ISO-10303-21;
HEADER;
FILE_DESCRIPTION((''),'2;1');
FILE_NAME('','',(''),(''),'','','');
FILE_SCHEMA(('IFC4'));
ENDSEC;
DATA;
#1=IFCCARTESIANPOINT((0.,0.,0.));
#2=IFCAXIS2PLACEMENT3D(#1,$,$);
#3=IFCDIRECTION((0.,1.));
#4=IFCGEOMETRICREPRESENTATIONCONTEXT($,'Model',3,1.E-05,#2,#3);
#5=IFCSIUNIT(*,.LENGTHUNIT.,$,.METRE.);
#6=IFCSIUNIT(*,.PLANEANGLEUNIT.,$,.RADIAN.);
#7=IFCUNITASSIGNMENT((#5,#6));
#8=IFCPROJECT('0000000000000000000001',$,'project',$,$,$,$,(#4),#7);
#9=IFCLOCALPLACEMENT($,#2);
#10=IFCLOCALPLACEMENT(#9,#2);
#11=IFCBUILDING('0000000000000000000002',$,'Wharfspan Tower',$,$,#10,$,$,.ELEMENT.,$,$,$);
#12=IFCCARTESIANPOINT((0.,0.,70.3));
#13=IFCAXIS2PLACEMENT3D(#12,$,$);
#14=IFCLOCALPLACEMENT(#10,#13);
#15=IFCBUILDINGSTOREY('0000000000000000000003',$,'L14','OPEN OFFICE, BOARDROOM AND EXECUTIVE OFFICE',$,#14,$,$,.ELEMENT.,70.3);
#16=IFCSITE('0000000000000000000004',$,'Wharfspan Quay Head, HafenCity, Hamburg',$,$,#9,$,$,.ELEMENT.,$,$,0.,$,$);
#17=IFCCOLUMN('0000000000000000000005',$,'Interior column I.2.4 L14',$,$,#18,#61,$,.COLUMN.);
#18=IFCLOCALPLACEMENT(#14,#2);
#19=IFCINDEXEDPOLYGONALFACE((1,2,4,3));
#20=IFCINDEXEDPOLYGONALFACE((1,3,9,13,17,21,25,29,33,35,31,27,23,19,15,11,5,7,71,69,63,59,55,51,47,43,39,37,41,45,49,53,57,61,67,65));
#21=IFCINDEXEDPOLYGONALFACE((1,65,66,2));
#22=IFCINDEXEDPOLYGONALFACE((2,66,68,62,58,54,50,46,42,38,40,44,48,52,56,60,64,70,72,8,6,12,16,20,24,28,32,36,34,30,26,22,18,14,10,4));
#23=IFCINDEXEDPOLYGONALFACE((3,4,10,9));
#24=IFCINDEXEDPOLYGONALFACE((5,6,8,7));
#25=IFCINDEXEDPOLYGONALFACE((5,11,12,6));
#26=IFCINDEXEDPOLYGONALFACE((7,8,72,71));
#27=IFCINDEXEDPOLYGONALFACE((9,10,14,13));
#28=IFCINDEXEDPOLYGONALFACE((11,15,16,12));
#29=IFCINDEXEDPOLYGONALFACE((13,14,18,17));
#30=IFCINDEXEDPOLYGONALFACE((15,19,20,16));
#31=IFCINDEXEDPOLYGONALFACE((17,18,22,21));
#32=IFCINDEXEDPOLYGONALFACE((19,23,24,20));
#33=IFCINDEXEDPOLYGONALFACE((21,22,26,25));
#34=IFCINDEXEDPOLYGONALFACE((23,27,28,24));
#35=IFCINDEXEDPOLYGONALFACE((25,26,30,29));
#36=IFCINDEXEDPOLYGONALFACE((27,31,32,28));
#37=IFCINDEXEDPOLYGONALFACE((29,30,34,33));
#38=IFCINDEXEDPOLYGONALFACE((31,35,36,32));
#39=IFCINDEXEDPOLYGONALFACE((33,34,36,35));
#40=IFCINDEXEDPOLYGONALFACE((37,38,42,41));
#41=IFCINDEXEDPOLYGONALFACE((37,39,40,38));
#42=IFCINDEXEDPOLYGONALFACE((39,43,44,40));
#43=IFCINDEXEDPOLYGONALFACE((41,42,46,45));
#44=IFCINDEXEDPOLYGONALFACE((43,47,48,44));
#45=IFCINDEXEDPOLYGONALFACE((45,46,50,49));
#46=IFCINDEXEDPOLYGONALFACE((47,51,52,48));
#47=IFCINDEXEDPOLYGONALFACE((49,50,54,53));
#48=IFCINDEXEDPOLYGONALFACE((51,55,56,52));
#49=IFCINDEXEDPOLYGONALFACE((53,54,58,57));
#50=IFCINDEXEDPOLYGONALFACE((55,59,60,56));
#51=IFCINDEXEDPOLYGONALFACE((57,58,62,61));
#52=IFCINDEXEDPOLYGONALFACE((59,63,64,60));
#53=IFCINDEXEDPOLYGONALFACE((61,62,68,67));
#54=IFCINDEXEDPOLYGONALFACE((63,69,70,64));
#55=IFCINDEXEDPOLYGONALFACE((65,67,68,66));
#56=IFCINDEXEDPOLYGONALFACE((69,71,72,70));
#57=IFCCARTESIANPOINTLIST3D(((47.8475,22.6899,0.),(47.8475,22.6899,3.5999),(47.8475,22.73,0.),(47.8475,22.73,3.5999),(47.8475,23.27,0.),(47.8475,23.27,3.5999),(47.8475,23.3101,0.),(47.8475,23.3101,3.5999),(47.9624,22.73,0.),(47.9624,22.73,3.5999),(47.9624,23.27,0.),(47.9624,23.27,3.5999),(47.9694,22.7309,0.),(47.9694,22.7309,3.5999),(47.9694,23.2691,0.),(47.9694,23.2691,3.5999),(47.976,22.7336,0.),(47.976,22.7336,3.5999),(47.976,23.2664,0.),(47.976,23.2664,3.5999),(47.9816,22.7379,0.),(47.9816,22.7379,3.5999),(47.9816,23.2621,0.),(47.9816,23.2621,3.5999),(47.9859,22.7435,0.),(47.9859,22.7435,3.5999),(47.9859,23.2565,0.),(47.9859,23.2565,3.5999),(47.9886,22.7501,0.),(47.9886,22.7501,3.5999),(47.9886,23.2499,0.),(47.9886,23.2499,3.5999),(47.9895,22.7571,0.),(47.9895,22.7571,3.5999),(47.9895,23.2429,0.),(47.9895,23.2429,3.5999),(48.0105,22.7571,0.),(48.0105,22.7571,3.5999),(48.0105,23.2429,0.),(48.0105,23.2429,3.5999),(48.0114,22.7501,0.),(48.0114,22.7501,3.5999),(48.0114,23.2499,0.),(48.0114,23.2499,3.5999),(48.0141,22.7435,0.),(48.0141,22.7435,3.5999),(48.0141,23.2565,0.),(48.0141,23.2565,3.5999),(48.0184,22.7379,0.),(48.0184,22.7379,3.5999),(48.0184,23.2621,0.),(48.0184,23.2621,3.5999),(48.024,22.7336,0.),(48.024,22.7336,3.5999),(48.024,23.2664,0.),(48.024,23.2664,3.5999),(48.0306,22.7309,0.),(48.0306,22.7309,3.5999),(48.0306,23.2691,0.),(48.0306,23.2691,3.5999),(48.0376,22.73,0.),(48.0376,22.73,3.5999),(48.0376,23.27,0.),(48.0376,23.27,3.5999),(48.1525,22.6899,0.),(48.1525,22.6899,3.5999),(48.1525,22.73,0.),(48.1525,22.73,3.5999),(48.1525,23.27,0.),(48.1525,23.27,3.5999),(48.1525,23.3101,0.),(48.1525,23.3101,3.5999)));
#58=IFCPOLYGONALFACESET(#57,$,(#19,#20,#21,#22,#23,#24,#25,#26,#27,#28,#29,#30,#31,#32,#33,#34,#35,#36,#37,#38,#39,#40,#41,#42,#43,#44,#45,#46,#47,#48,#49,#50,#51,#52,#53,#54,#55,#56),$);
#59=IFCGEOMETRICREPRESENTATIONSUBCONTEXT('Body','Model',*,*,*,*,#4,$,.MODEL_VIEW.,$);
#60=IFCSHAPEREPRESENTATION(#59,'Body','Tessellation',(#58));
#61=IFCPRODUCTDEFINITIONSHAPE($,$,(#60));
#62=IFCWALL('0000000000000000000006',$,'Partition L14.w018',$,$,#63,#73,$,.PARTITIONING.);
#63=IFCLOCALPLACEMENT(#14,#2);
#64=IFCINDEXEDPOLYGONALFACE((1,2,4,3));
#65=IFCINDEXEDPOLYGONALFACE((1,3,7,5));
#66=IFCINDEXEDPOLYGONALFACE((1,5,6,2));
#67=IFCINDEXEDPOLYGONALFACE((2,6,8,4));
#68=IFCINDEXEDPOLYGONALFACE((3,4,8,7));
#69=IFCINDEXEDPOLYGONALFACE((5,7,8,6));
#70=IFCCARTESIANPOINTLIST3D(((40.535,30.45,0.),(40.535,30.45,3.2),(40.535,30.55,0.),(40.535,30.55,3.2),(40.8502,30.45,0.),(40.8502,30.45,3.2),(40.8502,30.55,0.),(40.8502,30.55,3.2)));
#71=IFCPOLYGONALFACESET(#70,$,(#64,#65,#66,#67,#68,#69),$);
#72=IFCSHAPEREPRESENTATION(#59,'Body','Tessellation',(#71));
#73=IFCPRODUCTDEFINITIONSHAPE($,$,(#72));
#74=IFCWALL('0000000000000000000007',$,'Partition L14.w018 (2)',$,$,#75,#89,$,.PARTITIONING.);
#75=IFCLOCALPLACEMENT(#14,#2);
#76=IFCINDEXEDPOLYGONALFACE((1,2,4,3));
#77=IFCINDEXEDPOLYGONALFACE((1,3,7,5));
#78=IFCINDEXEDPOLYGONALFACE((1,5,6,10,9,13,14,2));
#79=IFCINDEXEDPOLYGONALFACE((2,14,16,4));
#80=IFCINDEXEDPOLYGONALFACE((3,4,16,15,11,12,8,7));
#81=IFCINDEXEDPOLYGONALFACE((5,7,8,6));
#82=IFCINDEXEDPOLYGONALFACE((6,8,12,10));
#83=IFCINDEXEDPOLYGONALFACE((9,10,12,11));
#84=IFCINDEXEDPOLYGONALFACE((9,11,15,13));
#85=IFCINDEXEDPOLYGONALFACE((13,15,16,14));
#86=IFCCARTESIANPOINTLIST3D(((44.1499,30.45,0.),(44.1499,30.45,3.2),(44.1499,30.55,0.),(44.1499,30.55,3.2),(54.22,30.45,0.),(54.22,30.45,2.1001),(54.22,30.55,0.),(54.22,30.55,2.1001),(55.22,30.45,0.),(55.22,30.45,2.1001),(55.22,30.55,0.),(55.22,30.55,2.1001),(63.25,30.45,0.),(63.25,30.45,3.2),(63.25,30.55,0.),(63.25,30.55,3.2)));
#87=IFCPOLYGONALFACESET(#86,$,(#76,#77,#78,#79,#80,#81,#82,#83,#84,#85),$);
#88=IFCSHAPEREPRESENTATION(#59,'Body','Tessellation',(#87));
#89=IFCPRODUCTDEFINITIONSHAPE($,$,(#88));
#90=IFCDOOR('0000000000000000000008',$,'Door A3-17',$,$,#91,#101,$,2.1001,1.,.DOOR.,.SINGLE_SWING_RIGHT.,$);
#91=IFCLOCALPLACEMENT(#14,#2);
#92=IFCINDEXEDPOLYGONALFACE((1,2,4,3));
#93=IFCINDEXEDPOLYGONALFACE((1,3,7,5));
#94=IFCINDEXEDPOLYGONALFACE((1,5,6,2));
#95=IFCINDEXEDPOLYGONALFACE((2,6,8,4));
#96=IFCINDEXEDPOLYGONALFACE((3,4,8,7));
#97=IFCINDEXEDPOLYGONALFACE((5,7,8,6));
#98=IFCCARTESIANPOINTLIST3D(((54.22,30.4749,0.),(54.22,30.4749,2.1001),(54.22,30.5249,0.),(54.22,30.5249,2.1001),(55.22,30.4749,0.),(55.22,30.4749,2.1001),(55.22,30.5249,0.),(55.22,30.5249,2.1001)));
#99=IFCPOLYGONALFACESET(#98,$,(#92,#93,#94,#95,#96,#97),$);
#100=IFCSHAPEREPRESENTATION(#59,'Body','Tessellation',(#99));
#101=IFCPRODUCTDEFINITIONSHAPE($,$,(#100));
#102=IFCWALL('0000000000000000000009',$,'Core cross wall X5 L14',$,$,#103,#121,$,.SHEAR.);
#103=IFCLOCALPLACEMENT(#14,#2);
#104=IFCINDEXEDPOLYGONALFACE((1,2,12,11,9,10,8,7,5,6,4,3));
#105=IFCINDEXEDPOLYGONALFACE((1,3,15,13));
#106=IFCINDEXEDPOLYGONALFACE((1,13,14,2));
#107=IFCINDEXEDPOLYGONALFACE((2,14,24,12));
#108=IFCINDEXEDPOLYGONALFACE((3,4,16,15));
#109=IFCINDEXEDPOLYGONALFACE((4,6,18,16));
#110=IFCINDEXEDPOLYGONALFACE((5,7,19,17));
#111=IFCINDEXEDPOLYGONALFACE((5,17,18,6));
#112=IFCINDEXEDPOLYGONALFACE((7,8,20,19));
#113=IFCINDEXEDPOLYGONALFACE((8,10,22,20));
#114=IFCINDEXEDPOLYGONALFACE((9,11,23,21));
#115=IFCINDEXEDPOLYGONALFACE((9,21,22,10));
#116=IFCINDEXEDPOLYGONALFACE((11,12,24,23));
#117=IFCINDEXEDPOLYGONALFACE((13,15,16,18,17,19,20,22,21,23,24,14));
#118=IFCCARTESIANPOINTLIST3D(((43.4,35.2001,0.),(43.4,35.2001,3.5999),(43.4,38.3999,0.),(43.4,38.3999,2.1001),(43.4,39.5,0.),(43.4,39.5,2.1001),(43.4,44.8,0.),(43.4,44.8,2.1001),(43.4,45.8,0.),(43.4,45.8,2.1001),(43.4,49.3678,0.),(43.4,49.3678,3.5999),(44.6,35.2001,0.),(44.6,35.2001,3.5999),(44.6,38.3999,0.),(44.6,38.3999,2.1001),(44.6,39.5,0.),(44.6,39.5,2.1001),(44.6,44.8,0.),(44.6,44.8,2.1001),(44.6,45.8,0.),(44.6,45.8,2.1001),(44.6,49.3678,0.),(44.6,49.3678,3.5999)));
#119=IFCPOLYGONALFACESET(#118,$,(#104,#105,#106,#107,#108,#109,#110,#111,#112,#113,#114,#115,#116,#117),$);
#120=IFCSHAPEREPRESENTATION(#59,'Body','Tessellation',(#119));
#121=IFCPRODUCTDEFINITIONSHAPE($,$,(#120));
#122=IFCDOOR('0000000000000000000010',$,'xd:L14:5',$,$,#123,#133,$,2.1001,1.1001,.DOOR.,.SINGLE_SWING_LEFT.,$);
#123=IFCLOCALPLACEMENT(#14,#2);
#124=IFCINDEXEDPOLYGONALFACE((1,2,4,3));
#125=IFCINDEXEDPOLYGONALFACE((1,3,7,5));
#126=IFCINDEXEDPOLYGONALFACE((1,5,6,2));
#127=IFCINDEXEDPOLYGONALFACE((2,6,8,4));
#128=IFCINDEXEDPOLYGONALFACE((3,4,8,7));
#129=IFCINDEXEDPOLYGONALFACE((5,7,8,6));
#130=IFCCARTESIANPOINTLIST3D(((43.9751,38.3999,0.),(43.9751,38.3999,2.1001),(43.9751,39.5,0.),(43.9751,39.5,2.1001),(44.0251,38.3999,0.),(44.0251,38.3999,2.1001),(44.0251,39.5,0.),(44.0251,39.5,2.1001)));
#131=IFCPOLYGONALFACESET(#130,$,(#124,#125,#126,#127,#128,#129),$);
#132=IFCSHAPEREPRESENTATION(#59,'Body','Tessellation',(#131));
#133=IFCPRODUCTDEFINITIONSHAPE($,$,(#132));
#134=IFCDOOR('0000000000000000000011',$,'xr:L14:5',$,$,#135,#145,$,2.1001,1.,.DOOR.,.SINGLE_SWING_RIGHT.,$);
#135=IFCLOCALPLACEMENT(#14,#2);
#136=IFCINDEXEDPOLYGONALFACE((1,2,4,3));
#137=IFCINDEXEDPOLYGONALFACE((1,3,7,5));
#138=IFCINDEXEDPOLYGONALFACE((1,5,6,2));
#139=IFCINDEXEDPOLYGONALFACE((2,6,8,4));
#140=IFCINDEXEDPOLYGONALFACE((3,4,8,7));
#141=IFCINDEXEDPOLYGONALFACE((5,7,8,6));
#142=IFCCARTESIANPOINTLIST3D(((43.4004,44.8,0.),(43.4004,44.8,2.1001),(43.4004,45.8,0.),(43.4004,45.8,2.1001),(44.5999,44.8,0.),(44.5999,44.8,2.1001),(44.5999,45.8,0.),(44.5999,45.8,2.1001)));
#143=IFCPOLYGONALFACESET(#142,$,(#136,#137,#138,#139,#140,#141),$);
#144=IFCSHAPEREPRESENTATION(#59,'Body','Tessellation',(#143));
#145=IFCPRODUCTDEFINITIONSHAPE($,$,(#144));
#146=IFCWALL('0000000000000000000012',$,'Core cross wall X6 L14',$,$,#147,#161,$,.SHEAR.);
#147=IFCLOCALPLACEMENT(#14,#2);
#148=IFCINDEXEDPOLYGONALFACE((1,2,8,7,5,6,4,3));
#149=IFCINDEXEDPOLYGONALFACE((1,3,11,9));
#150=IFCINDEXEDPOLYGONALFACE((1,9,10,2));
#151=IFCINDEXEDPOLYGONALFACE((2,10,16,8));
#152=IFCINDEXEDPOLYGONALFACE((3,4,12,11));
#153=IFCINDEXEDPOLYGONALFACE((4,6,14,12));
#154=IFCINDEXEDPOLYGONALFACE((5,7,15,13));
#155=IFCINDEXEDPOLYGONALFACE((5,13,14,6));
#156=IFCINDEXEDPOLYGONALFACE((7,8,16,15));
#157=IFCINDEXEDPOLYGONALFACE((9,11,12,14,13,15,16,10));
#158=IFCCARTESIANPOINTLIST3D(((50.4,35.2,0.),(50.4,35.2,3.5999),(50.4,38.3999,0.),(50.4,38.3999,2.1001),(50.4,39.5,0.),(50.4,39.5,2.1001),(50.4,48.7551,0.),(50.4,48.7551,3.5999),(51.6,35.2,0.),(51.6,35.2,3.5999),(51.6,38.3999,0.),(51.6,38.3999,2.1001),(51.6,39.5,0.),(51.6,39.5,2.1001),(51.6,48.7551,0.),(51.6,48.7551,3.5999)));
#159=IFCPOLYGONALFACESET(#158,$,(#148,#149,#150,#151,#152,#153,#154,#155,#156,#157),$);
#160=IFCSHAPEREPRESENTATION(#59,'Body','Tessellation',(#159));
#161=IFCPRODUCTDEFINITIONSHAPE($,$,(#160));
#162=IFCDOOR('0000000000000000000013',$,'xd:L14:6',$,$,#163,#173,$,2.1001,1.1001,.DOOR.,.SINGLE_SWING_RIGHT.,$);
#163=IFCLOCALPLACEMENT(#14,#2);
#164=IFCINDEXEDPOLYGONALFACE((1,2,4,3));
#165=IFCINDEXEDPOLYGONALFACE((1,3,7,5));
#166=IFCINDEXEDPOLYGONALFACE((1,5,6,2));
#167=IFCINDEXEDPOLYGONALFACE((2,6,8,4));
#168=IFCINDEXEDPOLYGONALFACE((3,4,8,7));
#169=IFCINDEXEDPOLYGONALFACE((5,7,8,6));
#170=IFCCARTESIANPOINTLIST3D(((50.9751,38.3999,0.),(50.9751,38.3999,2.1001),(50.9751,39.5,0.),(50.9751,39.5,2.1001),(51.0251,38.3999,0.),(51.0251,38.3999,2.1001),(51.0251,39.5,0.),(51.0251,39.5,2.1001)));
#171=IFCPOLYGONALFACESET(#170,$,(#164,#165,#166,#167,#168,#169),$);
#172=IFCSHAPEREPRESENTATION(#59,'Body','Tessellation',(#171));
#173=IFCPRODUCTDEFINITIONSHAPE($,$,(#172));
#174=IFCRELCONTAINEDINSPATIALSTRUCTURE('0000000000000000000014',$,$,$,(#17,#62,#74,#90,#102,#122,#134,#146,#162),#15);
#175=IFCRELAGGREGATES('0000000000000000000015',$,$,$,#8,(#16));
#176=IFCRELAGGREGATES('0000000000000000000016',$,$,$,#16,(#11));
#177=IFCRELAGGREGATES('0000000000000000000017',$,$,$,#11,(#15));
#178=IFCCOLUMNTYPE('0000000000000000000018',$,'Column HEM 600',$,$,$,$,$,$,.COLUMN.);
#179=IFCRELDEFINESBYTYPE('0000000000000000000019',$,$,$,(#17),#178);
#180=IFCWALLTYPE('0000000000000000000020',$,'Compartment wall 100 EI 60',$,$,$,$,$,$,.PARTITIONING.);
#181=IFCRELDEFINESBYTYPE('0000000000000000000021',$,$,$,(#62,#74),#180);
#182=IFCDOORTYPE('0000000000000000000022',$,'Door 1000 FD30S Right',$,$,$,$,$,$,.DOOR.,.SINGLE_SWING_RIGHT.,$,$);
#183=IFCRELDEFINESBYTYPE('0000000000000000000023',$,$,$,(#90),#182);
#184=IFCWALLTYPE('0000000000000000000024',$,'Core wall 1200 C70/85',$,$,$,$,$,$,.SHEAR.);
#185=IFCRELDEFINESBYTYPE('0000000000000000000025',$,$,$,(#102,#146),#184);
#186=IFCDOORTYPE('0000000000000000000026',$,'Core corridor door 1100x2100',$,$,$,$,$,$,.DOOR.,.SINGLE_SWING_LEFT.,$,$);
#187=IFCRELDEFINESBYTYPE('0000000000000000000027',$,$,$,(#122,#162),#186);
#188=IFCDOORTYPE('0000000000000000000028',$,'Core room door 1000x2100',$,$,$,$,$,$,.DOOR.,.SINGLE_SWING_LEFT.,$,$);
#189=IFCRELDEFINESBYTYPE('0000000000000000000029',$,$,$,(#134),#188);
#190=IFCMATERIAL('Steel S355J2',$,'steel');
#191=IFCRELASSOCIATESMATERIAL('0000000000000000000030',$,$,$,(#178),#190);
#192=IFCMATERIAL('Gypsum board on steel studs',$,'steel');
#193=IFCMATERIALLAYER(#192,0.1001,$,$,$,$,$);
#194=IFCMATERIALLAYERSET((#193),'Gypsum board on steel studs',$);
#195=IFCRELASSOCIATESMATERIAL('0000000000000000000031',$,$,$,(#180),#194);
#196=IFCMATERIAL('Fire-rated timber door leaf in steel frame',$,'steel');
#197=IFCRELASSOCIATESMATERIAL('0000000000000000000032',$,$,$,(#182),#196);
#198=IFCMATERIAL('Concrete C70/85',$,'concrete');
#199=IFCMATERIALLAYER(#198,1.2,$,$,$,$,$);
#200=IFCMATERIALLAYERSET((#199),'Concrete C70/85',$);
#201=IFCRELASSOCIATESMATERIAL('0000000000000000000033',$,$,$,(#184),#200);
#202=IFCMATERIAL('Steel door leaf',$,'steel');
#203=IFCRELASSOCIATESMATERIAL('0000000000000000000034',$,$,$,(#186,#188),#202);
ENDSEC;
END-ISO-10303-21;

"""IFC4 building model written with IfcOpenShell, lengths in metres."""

from ifc_helpers import new_model, si_unit, direction, frame, frame_2d, origin, origin_2d, place, context, subcontext, project, spatial, rectangle, i_section, extrude, material, layer, layer_set, material_profile, profile_set, type_object, element, fill, save


model = new_model("IFC4")

# Units and contexts
model_context = context("Model", 3, precision=1e-05, world=origin(), true_north=direction((0.0, 1.0)))
body_context = subcontext(model_context, "Body", "Model", "MODEL_VIEW")
ifc_project = project(units=[si_unit("LENGTHUNIT", "METRE"), si_unit("PLANEANGLEUNIT", "RADIAN")], contexts=[model_context])

# Site, building, storey
site_placement = place(None, origin())
site = spatial("IfcSite", under=ifc_project, at=site_placement, Name="Wharfspan Quay Head, HafenCity, Hamburg", CompositionType="ELEMENT", RefElevation=0.0)
building_placement = place(site_placement, origin())
building = spatial("IfcBuilding", under=site, at=building_placement, Name="Wharfspan Tower", CompositionType="ELEMENT")
storey_placement = place(building_placement, frame((0.0, 0.0, 70.3)))
storey = spatial("IfcBuildingStorey", under=building, at=storey_placement, Name="L14", Description="OPEN OFFICE, BOARDROOM AND EXECUTIVE OFFICE", CompositionType="ELEMENT", Elevation=70.3)

# Column
ifc_material_1 = material(Name="Steel S355J2", Category="steel")
ifc_material_profile = material_profile(ifc_material_1, i_section(OverallWidth=0.3049, OverallDepth=0.6201, WebThickness=0.021, FlangeThickness=0.04, FilletRadius=0.0271, at=origin_2d()))
ifc_profile_set = profile_set([ifc_material_profile], Name="Steel S355J2")
column_type = type_object("IfcColumnType", Name="Column HEM 600", PredefinedType="COLUMN", material=ifc_profile_set)
column_placement = place(storey_placement, frame((48.0, 23.0, 0.0), z_axis=(0.0, 0.0, 1.0), x_axis=(1.0, 0.0, 0.0)))
element("IfcColumn", 1, at=column_placement, inside=storey, type_object=column_type, Name="Interior column I.2.4 L14", PredefinedType="COLUMN", context=body_context, shape_type="SweptSolid", body=[
    extrude(i_section(OverallWidth=0.3049, OverallDepth=0.6201, WebThickness=0.021, FlangeThickness=0.04, FilletRadius=0.0271, at=origin_2d()), origin(), (0.0, 0.0, 1.0), 3.5999),
])

# Wall
ifc_material_2 = material(Name="Gypsum board on steel studs", Category="steel")
ifc_layer_1 = layer(ifc_material_2, 0.1001)
ifc_layer_set_1 = layer_set([ifc_layer_1], Name="Gypsum board on steel studs")
wall_type_1 = type_object("IfcWallType", Name="Compartment wall 100 EI 60", PredefinedType="PARTITIONING", material=ifc_layer_set_1)
wall_1_placement = place(storey_placement, frame((40.5349, 30.5, 0.0), z_axis=(0.0, 0.0, 1.0), x_axis=(1.0, 0.0, 0.0)))
element("IfcWall", 2, at=wall_1_placement, inside=storey, type_object=wall_type_1, Name="Partition L14.w018", PredefinedType="PARTITIONING", context=body_context, shape_type="SweptSolid", body=[
    extrude(rectangle(XDim=0.3152, YDim=0.1001, at=frame_2d((0.1577, 0.0))), origin(), (0.0, 0.0, 1.0), 3.2),
])

# Wall, opening, door
wall_2_placement = place(storey_placement, frame((44.1499, 30.5, 0.0), z_axis=(0.0, 0.0, 1.0), x_axis=(1.0, 0.0, 0.0)))
wall_2 = element("IfcWall", 3, at=wall_2_placement, inside=storey, type_object=wall_type_1, Name="Partition L14.w018 (2)", PredefinedType="PARTITIONING", context=body_context, shape_type="SweptSolid", body=[
    extrude(rectangle(XDim=19.1001, YDim=0.1001, at=frame_2d((9.55, 0.0))), origin(), (0.0, 0.0, 1.0), 3.2),
])
opening_1_placement = place(wall_2_placement, frame((10.0701, 0.0, 0.0)))
opening_1 = element("IfcOpeningElement", 4, at=opening_1_placement, cuts=wall_2, PredefinedType="OPENING", context=body_context, shape_type="SweptSolid", body=[
    extrude(rectangle(XDim=1.0, YDim=2.1001, at=frame_2d((0.5, 1.05))), frame((0.0, 0.0601, 0.0), z_axis=(0.0, -1.0, 0.0), x_axis=(1.0, 0.0, 0.0)), (0.0, 0.0, 1.0), 0.1201),
])
ifc_material_3 = material(Name="Fire-rated timber door leaf in steel frame", Category="steel")
door_type_1 = type_object("IfcDoorType", Name="Door 1000 FD30S Right", OperationType="SINGLE_SWING_RIGHT", PredefinedType="DOOR", material=ifc_material_3)
door_1_placement = place(opening_1_placement, origin())
door_1 = element("IfcDoor", 5, at=door_1_placement, inside=storey, type_object=door_type_1, Name="Door A3-17", OperationType="SINGLE_SWING_RIGHT", OverallHeight=2.1001, OverallWidth=1.0, PredefinedType="DOOR", context=body_context, shape_type="SweptSolid", body=[
    extrude(rectangle(XDim=1.0, YDim=2.1001, at=frame_2d((0.5, 1.05))), frame((0.0, 0.0249, 0.0), z_axis=(0.0, -1.0, 0.0), x_axis=(1.0, 0.0, 0.0)), (0.0, 0.0, 1.0), 0.05),
])
fill(opening_1, door_1)

# Wall, openings, doors
ifc_material_4 = material(Name="Concrete C70/85", Category="concrete")
ifc_layer_2 = layer(ifc_material_4, 1.2)
ifc_layer_set_2 = layer_set([ifc_layer_2], Name="Concrete C70/85")
wall_type_2 = type_object("IfcWallType", Name="Core wall 1200 C70/85", PredefinedType="SHEAR", material=ifc_layer_set_2)
wall_3_placement = place(storey_placement, frame((44.0, 35.2, 0.0), z_axis=(0.0, 0.0, 1.0), x_axis=(0.0, 1.0, 0.0)))
wall_3 = element("IfcWall", 6, at=wall_3_placement, inside=storey, type_object=wall_type_2, Name="Core cross wall X5 L14", PredefinedType="SHEAR", context=body_context, shape_type="SweptSolid", body=[
    extrude(rectangle(XDim=14.1677, YDim=1.2, at=frame_2d((7.084, 0.0))), origin(), (0.0, 0.0, 1.0), 3.5999),
])
opening_2_placement = place(wall_3_placement, frame((3.2, 0.0, 0.0)))
opening_2 = element("IfcOpeningElement", 7, at=opening_2_placement, cuts=wall_3, PredefinedType="OPENING", context=body_context, shape_type="SweptSolid", body=[
    extrude(rectangle(XDim=1.1001, YDim=2.1001, at=frame_2d((0.55, 1.05))), frame((0.0, 0.6099, 0.0), z_axis=(0.0, -1.0, 0.0), x_axis=(1.0, 0.0, 0.0)), (0.0, 0.0, 1.0), 1.22),
])
opening_3_placement = place(wall_3_placement, frame((9.6001, 0.0, 0.0)))
opening_3 = element("IfcOpeningElement", 8, at=opening_3_placement, cuts=wall_3, PredefinedType="OPENING", context=body_context, shape_type="SweptSolid", body=[
    extrude(rectangle(XDim=1.0, YDim=2.1001, at=frame_2d((0.5, 1.05))), frame((0.0, 0.6099, 0.0), z_axis=(0.0, -1.0, 0.0), x_axis=(1.0, 0.0, 0.0)), (0.0, 0.0, 1.0), 1.22),
])
ifc_material_5 = material(Name="Steel door leaf", Category="steel")
door_type_2 = type_object("IfcDoorType", Name="Core corridor door 1100x2100", OperationType="SINGLE_SWING_LEFT", PredefinedType="DOOR", material=ifc_material_5)
door_2_placement = place(opening_2_placement, origin())
door_2 = element("IfcDoor", 9, at=door_2_placement, inside=storey, type_object=door_type_2, Name="xd:L14:5", OperationType="SINGLE_SWING_LEFT", OverallHeight=2.1001, OverallWidth=1.1001, PredefinedType="DOOR", context=body_context, shape_type="SweptSolid", body=[
    extrude(rectangle(XDim=1.1001, YDim=2.1001, at=frame_2d((0.55, 1.05))), frame((0.0, 0.0249, 0.0), z_axis=(0.0, -1.0, 0.0), x_axis=(1.0, 0.0, 0.0)), (0.0, 0.0, 1.0), 0.05),
])
fill(opening_2, door_2)
door_type_3 = type_object("IfcDoorType", Name="Core room door 1000x2100", OperationType="SINGLE_SWING_LEFT", PredefinedType="DOOR", material=ifc_material_5)
door_3_placement = place(opening_3_placement, origin())
door_3 = element("IfcDoor", 10, at=door_3_placement, inside=storey, type_object=door_type_3, Name="xr:L14:5", OperationType="SINGLE_SWING_RIGHT", OverallHeight=2.1001, OverallWidth=1.0, PredefinedType="DOOR", context=body_context, shape_type="SweptSolid", body=[
    extrude(rectangle(XDim=1.0, YDim=2.1001, at=frame_2d((0.5, 1.05))), frame((0.0, 0.5996, 0.0), z_axis=(0.0, -1.0, 0.0), x_axis=(1.0, 0.0, 0.0)), (0.0, 0.0, 1.0), 1.1995),
])
fill(opening_3, door_3)

# Wall, opening, door
wall_4_placement = place(storey_placement, frame((51.0, 35.2, 0.0), z_axis=(0.0, 0.0, 1.0), x_axis=(0.0, 1.0, 0.0)))
wall_4 = element("IfcWall", 11, at=wall_4_placement, inside=storey, type_object=wall_type_2, Name="Core cross wall X6 L14", PredefinedType="SHEAR", context=body_context, shape_type="SweptSolid", body=[
    extrude(rectangle(XDim=13.5552, YDim=1.2, at=frame_2d((6.7776, 0.0))), origin(), (0.0, 0.0, 1.0), 3.5999),
])
opening_4_placement = place(wall_4_placement, frame((3.2, 0.0, 0.0)))
opening_4 = element("IfcOpeningElement", 12, at=opening_4_placement, cuts=wall_4, PredefinedType="OPENING", context=body_context, shape_type="SweptSolid", body=[
    extrude(rectangle(XDim=1.1001, YDim=2.1001, at=frame_2d((0.55, 1.05))), frame((0.0, 0.6099, 0.0), z_axis=(0.0, -1.0, 0.0), x_axis=(1.0, 0.0, 0.0)), (0.0, 0.0, 1.0), 1.22),
])
door_4_placement = place(opening_4_placement, origin())
door_4 = element("IfcDoor", 13, at=door_4_placement, inside=storey, type_object=door_type_2, Name="xd:L14:6", OperationType="SINGLE_SWING_RIGHT", OverallHeight=2.1001, OverallWidth=1.1001, PredefinedType="DOOR", context=body_context, shape_type="SweptSolid", body=[
    extrude(rectangle(XDim=1.1001, YDim=2.1001, at=frame_2d((0.55, 1.05))), frame((0.0, 0.0249, 0.0), z_axis=(0.0, -1.0, 0.0), x_axis=(1.0, 0.0, 0.0)), (0.0, 0.0, 1.0), 0.05),
])
fill(opening_4, door_4)

save(model, "model.ifc")
